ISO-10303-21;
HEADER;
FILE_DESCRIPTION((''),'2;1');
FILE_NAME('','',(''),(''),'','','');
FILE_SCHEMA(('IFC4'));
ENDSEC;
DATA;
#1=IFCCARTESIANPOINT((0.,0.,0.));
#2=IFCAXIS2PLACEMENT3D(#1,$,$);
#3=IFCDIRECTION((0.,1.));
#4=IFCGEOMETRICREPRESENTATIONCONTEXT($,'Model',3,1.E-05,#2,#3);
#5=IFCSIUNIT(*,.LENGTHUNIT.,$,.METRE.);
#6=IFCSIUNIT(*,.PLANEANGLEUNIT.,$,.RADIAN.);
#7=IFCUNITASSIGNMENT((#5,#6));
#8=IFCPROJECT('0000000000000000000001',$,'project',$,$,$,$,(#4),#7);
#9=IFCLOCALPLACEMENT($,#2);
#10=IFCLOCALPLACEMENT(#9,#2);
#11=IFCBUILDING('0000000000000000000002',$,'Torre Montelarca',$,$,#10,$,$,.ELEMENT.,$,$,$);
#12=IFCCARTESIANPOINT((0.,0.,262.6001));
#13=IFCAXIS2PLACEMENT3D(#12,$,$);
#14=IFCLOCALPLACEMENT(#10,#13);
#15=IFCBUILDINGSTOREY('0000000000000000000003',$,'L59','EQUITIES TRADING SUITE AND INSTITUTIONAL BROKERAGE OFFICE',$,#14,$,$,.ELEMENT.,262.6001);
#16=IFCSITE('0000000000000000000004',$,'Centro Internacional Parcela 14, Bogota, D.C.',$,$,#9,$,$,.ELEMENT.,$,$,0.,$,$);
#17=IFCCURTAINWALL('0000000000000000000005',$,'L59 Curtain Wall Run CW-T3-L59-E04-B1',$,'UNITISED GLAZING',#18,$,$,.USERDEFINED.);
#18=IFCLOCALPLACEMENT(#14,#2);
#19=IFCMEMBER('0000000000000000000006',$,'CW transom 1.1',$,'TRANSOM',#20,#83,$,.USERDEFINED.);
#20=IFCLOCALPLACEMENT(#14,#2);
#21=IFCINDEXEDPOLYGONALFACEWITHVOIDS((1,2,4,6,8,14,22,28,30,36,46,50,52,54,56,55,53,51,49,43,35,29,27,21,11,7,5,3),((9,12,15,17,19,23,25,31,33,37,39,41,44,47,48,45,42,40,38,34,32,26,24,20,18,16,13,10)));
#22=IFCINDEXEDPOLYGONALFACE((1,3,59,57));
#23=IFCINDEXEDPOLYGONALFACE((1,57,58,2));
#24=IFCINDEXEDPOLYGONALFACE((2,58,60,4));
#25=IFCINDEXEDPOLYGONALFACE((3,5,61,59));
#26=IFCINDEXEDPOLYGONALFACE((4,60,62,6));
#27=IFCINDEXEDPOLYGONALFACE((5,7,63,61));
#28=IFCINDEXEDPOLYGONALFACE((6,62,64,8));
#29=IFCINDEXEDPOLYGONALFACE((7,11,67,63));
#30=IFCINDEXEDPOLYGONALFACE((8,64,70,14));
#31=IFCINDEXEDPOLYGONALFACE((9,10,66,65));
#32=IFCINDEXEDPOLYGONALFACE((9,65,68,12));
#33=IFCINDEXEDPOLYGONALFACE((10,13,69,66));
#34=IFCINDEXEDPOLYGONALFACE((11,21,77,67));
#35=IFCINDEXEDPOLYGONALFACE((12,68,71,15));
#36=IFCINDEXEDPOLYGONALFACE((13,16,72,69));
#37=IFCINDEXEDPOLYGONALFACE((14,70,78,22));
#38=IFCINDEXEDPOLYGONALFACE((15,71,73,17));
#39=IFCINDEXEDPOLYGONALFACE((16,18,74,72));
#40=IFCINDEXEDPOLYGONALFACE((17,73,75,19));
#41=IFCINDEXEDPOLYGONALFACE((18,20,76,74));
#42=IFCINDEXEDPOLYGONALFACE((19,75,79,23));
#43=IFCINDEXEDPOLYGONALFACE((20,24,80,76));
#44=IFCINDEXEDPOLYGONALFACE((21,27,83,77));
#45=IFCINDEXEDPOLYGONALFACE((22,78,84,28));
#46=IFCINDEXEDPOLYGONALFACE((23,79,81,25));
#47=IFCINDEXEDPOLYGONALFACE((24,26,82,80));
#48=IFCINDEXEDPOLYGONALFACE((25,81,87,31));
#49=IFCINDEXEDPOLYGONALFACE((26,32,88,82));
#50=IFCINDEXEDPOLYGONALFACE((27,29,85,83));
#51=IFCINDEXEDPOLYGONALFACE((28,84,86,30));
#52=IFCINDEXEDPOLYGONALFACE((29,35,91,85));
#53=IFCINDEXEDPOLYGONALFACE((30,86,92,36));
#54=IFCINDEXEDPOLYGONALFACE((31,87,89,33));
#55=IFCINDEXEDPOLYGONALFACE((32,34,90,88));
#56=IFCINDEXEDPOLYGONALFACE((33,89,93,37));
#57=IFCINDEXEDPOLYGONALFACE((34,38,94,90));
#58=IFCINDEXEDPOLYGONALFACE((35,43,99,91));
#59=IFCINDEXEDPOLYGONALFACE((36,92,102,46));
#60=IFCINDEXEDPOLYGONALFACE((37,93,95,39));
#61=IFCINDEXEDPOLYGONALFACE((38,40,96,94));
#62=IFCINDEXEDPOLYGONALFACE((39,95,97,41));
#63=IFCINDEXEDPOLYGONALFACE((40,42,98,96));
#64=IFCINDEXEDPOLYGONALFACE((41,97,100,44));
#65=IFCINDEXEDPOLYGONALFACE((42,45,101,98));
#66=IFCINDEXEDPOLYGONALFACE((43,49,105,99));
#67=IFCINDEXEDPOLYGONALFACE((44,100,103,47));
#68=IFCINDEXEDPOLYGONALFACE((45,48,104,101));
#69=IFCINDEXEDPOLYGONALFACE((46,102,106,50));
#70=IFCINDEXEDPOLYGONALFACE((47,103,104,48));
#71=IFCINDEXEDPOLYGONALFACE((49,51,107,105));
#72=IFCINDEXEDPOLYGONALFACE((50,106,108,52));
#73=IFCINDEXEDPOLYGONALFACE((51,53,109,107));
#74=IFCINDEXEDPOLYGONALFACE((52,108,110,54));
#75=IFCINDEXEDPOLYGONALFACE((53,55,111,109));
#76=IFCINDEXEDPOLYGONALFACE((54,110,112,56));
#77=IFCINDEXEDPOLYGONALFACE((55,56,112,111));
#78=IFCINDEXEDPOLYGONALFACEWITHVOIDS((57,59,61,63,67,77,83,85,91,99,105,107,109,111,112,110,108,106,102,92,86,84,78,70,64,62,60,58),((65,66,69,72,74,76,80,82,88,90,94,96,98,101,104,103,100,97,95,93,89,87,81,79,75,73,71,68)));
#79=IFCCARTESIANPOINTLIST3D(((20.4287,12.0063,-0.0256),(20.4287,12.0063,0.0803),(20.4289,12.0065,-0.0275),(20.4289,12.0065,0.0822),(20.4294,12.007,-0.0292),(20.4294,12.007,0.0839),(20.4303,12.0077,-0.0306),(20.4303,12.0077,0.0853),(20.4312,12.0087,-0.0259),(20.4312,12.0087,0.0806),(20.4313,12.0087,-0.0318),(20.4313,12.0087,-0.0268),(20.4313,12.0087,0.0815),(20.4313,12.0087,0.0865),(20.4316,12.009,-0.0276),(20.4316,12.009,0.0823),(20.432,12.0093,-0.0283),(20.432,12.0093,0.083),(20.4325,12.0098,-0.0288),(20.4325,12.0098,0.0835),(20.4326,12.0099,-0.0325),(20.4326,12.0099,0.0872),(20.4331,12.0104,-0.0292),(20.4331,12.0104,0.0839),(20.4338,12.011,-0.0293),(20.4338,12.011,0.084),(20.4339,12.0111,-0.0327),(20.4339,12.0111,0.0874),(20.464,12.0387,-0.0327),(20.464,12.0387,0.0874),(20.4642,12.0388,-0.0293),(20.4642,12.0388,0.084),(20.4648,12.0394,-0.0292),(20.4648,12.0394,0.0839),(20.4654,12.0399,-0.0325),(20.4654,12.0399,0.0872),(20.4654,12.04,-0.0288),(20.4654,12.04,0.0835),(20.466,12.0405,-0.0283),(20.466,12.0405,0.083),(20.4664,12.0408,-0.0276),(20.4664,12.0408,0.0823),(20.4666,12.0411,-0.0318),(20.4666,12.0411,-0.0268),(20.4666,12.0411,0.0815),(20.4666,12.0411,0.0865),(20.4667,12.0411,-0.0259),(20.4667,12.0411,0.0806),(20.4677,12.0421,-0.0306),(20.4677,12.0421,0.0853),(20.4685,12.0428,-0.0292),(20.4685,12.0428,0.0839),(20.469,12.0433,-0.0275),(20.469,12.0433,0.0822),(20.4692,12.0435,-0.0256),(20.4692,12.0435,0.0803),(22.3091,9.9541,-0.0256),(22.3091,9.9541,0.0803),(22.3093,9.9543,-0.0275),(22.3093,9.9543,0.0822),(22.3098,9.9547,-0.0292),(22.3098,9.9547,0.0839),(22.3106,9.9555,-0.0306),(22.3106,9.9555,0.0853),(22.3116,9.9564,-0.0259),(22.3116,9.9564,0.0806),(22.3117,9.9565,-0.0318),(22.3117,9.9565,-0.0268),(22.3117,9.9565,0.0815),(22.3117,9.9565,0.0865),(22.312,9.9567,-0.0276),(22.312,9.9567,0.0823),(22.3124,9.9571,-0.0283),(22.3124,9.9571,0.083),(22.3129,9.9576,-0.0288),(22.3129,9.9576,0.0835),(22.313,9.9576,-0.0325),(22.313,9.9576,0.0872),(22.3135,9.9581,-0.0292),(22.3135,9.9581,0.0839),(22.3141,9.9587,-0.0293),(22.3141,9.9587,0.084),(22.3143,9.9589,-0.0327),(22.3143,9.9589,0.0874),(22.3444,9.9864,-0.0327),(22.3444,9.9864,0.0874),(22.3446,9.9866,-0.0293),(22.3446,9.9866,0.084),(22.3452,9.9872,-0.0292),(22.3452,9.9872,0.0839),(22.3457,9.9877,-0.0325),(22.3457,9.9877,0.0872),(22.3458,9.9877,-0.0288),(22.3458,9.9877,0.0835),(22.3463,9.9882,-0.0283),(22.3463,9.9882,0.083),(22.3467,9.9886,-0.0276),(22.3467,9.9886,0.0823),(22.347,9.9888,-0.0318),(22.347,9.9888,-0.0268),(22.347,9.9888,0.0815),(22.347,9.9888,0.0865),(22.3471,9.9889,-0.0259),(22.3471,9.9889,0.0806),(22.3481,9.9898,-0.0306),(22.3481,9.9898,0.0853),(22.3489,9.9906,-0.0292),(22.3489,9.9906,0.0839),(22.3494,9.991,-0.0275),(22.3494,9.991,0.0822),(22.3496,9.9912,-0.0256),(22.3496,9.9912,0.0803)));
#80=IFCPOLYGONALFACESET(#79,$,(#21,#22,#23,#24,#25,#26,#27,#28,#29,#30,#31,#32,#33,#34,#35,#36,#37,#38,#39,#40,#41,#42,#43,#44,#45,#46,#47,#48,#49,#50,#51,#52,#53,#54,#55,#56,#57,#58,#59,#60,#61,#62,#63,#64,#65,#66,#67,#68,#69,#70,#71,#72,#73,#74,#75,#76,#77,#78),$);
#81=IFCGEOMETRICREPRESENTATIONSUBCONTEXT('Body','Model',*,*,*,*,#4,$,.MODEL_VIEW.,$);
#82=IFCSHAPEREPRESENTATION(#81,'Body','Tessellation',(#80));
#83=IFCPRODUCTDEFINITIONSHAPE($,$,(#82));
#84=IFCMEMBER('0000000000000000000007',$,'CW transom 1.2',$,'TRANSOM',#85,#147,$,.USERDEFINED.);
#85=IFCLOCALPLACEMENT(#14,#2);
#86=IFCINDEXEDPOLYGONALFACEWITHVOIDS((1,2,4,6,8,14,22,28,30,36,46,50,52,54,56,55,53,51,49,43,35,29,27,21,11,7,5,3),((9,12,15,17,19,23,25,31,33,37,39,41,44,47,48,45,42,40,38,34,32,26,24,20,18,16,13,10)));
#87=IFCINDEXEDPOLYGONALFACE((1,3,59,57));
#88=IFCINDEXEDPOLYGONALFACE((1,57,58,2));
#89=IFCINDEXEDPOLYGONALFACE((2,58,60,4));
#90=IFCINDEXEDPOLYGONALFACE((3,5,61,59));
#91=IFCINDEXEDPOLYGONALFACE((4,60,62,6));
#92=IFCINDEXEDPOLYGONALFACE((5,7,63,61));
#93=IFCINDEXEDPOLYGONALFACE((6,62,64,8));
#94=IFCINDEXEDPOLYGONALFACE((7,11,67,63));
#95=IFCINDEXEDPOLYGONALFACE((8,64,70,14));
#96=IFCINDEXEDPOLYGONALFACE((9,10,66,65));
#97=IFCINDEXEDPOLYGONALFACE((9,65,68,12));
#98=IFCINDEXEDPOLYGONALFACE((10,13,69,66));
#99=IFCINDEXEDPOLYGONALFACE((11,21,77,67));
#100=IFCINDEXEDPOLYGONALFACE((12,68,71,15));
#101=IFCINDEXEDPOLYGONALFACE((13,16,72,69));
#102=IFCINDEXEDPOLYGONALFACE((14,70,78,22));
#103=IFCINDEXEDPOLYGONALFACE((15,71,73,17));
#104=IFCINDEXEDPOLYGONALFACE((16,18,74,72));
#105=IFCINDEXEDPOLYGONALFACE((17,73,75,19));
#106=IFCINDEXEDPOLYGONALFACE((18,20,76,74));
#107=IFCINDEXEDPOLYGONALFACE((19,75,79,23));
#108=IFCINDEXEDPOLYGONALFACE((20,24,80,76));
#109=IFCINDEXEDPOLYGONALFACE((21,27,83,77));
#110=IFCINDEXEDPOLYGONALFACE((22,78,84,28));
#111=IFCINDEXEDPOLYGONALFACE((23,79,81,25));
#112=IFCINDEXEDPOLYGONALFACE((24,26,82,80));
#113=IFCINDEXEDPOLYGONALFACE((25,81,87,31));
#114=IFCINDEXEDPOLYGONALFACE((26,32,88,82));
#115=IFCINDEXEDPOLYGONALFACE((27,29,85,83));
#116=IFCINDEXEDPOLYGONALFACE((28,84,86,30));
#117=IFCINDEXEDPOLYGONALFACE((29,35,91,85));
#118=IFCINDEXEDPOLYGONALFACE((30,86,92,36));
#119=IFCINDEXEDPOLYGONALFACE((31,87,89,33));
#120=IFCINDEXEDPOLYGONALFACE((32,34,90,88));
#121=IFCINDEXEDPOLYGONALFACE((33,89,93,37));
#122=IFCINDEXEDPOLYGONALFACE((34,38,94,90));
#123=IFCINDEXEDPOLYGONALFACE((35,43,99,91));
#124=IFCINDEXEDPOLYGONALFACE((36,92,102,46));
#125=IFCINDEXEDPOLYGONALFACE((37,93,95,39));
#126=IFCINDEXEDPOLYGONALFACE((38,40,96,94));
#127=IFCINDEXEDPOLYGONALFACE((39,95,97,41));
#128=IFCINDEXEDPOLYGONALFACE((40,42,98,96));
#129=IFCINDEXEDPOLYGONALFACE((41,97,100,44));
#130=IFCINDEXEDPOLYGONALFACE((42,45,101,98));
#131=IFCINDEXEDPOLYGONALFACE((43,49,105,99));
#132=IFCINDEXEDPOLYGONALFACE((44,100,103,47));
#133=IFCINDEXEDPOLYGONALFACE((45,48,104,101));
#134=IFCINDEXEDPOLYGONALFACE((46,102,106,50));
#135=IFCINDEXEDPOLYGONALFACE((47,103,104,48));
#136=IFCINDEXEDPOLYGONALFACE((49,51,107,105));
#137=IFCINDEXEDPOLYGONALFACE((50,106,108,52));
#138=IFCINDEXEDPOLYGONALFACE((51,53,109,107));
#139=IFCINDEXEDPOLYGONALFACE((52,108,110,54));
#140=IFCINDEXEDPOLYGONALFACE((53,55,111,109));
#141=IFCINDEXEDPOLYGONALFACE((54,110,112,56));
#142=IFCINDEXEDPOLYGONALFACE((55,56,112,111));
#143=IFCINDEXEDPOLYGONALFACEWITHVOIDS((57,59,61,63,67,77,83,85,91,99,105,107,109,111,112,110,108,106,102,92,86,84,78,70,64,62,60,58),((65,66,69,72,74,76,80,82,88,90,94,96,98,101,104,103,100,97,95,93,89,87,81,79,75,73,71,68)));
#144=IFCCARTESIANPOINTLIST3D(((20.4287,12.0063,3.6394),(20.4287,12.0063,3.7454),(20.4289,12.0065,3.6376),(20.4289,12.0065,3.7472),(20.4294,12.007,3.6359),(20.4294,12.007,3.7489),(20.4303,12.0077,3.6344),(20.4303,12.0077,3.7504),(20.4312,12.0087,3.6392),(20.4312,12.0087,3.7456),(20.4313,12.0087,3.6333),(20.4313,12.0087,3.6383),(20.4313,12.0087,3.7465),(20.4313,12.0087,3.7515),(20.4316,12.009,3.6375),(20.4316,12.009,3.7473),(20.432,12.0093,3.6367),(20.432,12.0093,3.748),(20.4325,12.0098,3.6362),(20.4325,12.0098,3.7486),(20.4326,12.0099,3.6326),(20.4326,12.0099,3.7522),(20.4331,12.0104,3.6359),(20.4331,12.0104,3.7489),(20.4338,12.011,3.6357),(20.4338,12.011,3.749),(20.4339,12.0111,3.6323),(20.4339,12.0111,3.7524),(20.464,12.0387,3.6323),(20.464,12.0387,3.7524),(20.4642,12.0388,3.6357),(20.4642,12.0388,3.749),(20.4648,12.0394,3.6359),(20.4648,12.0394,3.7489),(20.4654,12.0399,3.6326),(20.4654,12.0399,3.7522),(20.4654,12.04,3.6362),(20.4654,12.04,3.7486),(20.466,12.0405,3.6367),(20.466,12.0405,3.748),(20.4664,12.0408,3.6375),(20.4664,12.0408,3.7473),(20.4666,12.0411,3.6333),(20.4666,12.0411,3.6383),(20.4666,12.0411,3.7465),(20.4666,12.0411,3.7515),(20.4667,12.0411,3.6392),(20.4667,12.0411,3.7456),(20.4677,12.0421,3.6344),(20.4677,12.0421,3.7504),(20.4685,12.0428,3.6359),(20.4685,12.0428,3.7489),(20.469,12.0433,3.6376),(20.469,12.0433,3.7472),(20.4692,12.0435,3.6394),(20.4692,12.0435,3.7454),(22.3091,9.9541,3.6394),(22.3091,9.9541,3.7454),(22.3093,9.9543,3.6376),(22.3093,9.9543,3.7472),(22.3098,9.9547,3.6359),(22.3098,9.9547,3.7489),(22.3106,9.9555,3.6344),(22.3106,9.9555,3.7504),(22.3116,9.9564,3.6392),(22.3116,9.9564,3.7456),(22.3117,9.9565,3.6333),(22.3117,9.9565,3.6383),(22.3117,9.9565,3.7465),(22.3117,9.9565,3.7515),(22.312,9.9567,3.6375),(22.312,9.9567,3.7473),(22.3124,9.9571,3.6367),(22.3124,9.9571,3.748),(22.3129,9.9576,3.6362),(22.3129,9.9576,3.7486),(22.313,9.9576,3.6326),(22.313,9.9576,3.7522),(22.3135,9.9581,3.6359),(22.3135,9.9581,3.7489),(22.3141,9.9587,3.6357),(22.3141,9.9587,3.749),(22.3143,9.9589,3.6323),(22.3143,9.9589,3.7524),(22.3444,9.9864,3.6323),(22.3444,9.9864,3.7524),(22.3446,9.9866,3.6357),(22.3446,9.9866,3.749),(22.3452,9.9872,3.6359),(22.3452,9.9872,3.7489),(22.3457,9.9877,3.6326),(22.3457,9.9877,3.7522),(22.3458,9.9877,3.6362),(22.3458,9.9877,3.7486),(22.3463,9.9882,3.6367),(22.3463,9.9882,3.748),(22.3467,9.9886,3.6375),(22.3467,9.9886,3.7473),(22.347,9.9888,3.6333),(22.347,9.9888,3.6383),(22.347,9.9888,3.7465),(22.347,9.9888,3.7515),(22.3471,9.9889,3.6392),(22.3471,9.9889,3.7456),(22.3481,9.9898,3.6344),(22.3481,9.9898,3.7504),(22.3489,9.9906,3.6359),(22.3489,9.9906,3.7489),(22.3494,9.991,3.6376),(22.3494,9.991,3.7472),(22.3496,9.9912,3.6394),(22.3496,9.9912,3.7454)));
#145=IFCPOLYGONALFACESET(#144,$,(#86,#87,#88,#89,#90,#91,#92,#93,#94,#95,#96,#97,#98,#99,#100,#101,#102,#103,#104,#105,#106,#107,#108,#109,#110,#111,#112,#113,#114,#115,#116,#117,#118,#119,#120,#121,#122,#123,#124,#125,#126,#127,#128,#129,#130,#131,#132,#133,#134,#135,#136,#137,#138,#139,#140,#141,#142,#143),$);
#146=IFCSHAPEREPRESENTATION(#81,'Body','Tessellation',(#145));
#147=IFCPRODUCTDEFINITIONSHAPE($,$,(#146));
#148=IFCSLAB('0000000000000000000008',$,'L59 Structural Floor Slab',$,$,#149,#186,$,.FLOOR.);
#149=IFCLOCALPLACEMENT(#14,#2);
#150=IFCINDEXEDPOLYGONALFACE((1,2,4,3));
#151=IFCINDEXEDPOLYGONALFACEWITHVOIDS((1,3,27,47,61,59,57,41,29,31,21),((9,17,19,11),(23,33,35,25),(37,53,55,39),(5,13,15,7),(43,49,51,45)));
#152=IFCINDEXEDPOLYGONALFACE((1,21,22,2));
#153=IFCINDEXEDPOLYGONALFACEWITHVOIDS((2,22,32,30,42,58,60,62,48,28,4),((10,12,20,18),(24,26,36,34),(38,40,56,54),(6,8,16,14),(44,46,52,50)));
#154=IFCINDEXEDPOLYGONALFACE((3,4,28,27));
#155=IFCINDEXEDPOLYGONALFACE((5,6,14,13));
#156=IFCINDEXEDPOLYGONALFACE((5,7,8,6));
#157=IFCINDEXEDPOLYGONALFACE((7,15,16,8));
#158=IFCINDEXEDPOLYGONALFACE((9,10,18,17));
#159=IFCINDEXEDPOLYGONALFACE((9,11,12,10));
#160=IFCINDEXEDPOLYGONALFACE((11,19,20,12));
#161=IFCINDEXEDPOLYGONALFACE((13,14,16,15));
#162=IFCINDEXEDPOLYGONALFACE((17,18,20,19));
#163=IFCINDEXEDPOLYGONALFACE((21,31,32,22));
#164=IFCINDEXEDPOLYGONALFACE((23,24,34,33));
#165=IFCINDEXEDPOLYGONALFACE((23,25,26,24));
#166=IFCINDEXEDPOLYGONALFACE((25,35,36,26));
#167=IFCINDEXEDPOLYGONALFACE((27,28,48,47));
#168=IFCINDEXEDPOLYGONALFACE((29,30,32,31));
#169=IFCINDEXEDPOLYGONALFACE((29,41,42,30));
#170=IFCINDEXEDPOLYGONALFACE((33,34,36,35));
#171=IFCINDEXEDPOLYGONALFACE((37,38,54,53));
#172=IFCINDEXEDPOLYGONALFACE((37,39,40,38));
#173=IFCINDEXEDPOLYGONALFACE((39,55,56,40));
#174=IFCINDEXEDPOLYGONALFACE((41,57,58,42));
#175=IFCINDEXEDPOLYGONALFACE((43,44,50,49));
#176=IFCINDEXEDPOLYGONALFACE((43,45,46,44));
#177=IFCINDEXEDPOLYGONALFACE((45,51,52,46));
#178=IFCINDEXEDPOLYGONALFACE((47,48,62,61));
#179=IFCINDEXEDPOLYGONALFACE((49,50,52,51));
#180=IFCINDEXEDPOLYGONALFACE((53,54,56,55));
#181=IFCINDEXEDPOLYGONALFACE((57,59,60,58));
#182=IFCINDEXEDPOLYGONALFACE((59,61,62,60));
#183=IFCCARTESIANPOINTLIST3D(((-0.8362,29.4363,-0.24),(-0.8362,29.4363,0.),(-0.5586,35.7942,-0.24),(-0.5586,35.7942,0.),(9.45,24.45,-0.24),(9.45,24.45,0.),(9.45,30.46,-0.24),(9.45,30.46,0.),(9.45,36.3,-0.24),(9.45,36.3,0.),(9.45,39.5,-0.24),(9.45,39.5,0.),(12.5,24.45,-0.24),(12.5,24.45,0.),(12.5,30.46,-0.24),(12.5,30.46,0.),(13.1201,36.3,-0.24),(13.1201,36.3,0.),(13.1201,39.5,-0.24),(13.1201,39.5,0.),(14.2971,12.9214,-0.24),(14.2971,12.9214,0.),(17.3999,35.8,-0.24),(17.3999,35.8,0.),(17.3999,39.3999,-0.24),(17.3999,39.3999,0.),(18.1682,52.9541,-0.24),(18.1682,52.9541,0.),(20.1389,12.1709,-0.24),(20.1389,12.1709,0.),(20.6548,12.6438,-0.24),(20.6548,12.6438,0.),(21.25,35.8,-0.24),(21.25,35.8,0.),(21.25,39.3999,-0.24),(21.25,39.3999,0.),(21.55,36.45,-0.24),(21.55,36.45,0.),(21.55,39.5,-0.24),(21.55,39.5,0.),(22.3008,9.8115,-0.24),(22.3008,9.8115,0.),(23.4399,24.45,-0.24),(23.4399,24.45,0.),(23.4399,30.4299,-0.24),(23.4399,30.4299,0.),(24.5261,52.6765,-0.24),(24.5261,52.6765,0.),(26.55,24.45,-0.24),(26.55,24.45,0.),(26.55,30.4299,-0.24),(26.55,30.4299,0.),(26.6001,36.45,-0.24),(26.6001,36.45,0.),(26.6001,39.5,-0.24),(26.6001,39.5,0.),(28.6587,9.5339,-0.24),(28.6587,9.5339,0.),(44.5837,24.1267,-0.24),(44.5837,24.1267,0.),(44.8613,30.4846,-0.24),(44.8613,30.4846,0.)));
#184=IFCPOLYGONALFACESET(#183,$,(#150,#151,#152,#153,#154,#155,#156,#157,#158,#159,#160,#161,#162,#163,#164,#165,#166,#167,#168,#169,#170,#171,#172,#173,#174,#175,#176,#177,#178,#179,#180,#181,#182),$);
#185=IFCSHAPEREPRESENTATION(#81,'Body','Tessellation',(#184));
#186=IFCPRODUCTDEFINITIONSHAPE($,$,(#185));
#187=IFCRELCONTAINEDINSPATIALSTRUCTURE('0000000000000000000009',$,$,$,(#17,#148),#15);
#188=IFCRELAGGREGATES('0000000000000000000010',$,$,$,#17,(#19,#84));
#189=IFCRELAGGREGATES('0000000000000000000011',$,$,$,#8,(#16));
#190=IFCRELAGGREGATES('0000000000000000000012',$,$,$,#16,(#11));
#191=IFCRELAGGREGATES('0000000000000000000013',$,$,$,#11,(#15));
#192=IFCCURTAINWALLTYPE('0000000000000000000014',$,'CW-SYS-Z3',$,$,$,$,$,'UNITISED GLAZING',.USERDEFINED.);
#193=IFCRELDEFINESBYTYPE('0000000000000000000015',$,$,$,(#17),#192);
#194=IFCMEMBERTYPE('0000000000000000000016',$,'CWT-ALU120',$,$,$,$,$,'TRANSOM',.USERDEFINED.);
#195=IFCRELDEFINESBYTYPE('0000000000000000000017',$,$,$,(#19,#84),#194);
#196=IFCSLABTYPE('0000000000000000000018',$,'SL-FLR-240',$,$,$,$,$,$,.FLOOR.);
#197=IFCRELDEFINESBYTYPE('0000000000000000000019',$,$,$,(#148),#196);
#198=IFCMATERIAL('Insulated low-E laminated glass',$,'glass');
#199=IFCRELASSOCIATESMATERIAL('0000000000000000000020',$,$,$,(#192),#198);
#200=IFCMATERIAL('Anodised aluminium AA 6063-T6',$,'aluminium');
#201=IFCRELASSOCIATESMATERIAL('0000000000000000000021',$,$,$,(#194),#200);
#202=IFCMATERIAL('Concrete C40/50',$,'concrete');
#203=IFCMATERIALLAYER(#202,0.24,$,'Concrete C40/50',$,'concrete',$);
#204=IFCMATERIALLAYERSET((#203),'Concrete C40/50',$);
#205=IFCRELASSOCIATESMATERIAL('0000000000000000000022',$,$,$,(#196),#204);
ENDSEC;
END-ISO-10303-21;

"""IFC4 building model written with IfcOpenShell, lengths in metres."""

from ifc_helpers import new_model, si_unit, direction, frame, origin, origin_2d, place, context, subcontext, project, spatial, polyline, hollow_rectangle, outline, extrude, source, transform, mapped, material, layer, layer_set, material_profile, profile_set, type_object, element, aggregate, save


model = new_model("IFC4")

# Units and contexts
model_context = context("Model", 3, precision=1e-05, world=origin(), true_north=direction((0.0, 1.0)))
body_context = subcontext(model_context, "Body", "Model", "MODEL_VIEW")
ifc_project = project(units=[si_unit("LENGTHUNIT", "METRE"), si_unit("PLANEANGLEUNIT", "RADIAN")], contexts=[model_context])

# Site, building, storey
site_placement = place(None, origin())
site = spatial("IfcSite", under=ifc_project, at=site_placement, Name="Centro Internacional Parcela 14, Bogota, D.C.", CompositionType="ELEMENT", RefElevation=0.0)
building_placement = place(site_placement, origin())
building = spatial("IfcBuilding", under=site, at=building_placement, Name="Torre Montelarca", CompositionType="ELEMENT")
storey_placement = place(building_placement, frame((0.0, 0.0, 262.6001)))
storey = spatial("IfcBuildingStorey", under=building, at=storey_placement, Name="L59", Description="EQUITIES TRADING SUITE AND INSTITUTIONAL BROKERAGE OFFICE", CompositionType="ELEMENT", Elevation=262.6001)

# Shared definitions
ifc_material_1 = material(Name="Insulated low-E laminated glass", Category="glass")
curtain_wall_type = type_object("IfcCurtainWallType", Name="CW-SYS-Z3", ElementType="UNITISED GLAZING", PredefinedType="USERDEFINED", material=ifc_material_1)
ifc_material_2 = material(Name="Anodised aluminium AA 6063-T6", Category="aluminium")
ifc_material_profile_1 = material_profile(ifc_material_2, hollow_rectangle(XDim=0.0549, YDim=0.1201, WallThickness=0.0034, InnerFilletRadius=0.0034, OuterFilletRadius=0.0071, at=origin_2d()), Name="ALU55X120X3.5", Category="aluminium")
ifc_profile_set_1 = profile_set([ifc_material_profile_1], Name="Anodised aluminium AA 6063-T6")
member_type_1 = type_object("IfcMemberType", Name="CWT-ALU120", ElementType="TRANSOM", PredefinedType="USERDEFINED", material=ifc_profile_set_1)

# Curtain wall
curtain_wall_1_placement = place(storey_placement, origin())
curtain_wall_1 = element("IfcCurtainWall", 1, at=curtain_wall_1_placement, inside=storey, type_object=curtain_wall_type, Name="L59 Curtain Wall Run CW-T3-L59-E04-B1", ObjectType="UNITISED GLAZING", PredefinedType="USERDEFINED")

# Members
shared_shape_1 = source(origin(), body_context, "Body", "SweptSolid", [
    extrude(hollow_rectangle(XDim=0.0549, YDim=0.1201, WallThickness=0.0034, InnerFilletRadius=0.0034, OuterFilletRadius=0.0071, at=origin_2d()), origin(), (0.0, 0.0, 1.0), 2.7834),
])
member_1_placement = place(storey_placement, frame((20.449, 12.0249, 0.0273), z_axis=(0.675558, -0.737307, 0.0), x_axis=(0.737307, 0.675558, 0.0)))
member_1 = element("IfcMember", 2, at=member_1_placement, type_object=member_type_1, Name="CW transom 1.1", ObjectType="TRANSOM", PredefinedType="USERDEFINED", context=body_context, shape_type="MappedRepresentation", body=[
    mapped(shared_shape_1, transform((0.0, 0.0, 0.0), scale=1.0)),
])
member_2_placement = place(storey_placement, frame((20.449, 12.0249, 3.6924), z_axis=(0.675558, -0.737307, 0.0), x_axis=(0.737307, 0.675558, 0.0)))
member_2 = element("IfcMember", 3, at=member_2_placement, type_object=member_type_1, Name="CW transom 1.2", ObjectType="TRANSOM", PredefinedType="USERDEFINED", context=body_context, shape_type="MappedRepresentation", body=[
    mapped(shared_shape_1, transform((0.0, 0.0, 0.0), scale=1.0)),
])

# Slab
ifc_material_3 = material(Name="Concrete C40/50", Category="concrete")
ifc_layer_1 = layer(ifc_material_3, 0.24, Name="Concrete C40/50", Category="concrete")
ifc_layer_set_1 = layer_set([ifc_layer_1], Name="Concrete C40/50")
slab_type_1 = type_object("IfcSlabType", Name="SL-FLR-240", PredefinedType="FLOOR", material=ifc_layer_set_1)
slab_1_placement = place(storey_placement, frame((0.0, 0.0, -0.24)))
element("IfcSlab", 4, at=slab_1_placement, inside=storey, type_object=slab_type_1, Name="L59 Structural Floor Slab", PredefinedType="FLOOR", context=body_context, shape_type="SweptSolid", body=[
    extrude(outline(polyline([(14.2971, 12.9214), (20.6548, 12.6438), (20.1389, 12.1709), (22.3008, 9.8115), (28.6587, 9.5339), (44.5837, 24.1267), (44.8613, 30.4846), (24.5261, 52.6765), (18.1682, 52.9541), (-0.5586, 35.7942), (-0.8362, 29.4363), (14.2971, 12.9214)]), holes=[polyline([(26.55, 24.45), (23.4399, 24.45), (23.4399, 30.4299), (26.55, 30.4299), (26.55, 24.45)]), polyline([(12.5, 24.45), (9.45, 24.45), (9.45, 30.46), (12.5, 30.46), (12.5, 24.45)]), polyline([(21.25, 39.3999), (21.25, 35.8), (17.3999, 35.8), (17.3999, 39.3999), (21.25, 39.3999)]), polyline([(13.1201, 36.3), (9.45, 36.3), (9.45, 39.5), (13.1201, 39.5), (13.1201, 36.3)]), polyline([(26.6001, 36.45), (21.55, 36.45), (21.55, 39.5), (26.6001, 39.5), (26.6001, 36.45)])]), origin(), (0.0, 0.0, 1.0), 0.24),
])

aggregate(curtain_wall_1, [member_1, member_2])

save(model, "model.ifc")
